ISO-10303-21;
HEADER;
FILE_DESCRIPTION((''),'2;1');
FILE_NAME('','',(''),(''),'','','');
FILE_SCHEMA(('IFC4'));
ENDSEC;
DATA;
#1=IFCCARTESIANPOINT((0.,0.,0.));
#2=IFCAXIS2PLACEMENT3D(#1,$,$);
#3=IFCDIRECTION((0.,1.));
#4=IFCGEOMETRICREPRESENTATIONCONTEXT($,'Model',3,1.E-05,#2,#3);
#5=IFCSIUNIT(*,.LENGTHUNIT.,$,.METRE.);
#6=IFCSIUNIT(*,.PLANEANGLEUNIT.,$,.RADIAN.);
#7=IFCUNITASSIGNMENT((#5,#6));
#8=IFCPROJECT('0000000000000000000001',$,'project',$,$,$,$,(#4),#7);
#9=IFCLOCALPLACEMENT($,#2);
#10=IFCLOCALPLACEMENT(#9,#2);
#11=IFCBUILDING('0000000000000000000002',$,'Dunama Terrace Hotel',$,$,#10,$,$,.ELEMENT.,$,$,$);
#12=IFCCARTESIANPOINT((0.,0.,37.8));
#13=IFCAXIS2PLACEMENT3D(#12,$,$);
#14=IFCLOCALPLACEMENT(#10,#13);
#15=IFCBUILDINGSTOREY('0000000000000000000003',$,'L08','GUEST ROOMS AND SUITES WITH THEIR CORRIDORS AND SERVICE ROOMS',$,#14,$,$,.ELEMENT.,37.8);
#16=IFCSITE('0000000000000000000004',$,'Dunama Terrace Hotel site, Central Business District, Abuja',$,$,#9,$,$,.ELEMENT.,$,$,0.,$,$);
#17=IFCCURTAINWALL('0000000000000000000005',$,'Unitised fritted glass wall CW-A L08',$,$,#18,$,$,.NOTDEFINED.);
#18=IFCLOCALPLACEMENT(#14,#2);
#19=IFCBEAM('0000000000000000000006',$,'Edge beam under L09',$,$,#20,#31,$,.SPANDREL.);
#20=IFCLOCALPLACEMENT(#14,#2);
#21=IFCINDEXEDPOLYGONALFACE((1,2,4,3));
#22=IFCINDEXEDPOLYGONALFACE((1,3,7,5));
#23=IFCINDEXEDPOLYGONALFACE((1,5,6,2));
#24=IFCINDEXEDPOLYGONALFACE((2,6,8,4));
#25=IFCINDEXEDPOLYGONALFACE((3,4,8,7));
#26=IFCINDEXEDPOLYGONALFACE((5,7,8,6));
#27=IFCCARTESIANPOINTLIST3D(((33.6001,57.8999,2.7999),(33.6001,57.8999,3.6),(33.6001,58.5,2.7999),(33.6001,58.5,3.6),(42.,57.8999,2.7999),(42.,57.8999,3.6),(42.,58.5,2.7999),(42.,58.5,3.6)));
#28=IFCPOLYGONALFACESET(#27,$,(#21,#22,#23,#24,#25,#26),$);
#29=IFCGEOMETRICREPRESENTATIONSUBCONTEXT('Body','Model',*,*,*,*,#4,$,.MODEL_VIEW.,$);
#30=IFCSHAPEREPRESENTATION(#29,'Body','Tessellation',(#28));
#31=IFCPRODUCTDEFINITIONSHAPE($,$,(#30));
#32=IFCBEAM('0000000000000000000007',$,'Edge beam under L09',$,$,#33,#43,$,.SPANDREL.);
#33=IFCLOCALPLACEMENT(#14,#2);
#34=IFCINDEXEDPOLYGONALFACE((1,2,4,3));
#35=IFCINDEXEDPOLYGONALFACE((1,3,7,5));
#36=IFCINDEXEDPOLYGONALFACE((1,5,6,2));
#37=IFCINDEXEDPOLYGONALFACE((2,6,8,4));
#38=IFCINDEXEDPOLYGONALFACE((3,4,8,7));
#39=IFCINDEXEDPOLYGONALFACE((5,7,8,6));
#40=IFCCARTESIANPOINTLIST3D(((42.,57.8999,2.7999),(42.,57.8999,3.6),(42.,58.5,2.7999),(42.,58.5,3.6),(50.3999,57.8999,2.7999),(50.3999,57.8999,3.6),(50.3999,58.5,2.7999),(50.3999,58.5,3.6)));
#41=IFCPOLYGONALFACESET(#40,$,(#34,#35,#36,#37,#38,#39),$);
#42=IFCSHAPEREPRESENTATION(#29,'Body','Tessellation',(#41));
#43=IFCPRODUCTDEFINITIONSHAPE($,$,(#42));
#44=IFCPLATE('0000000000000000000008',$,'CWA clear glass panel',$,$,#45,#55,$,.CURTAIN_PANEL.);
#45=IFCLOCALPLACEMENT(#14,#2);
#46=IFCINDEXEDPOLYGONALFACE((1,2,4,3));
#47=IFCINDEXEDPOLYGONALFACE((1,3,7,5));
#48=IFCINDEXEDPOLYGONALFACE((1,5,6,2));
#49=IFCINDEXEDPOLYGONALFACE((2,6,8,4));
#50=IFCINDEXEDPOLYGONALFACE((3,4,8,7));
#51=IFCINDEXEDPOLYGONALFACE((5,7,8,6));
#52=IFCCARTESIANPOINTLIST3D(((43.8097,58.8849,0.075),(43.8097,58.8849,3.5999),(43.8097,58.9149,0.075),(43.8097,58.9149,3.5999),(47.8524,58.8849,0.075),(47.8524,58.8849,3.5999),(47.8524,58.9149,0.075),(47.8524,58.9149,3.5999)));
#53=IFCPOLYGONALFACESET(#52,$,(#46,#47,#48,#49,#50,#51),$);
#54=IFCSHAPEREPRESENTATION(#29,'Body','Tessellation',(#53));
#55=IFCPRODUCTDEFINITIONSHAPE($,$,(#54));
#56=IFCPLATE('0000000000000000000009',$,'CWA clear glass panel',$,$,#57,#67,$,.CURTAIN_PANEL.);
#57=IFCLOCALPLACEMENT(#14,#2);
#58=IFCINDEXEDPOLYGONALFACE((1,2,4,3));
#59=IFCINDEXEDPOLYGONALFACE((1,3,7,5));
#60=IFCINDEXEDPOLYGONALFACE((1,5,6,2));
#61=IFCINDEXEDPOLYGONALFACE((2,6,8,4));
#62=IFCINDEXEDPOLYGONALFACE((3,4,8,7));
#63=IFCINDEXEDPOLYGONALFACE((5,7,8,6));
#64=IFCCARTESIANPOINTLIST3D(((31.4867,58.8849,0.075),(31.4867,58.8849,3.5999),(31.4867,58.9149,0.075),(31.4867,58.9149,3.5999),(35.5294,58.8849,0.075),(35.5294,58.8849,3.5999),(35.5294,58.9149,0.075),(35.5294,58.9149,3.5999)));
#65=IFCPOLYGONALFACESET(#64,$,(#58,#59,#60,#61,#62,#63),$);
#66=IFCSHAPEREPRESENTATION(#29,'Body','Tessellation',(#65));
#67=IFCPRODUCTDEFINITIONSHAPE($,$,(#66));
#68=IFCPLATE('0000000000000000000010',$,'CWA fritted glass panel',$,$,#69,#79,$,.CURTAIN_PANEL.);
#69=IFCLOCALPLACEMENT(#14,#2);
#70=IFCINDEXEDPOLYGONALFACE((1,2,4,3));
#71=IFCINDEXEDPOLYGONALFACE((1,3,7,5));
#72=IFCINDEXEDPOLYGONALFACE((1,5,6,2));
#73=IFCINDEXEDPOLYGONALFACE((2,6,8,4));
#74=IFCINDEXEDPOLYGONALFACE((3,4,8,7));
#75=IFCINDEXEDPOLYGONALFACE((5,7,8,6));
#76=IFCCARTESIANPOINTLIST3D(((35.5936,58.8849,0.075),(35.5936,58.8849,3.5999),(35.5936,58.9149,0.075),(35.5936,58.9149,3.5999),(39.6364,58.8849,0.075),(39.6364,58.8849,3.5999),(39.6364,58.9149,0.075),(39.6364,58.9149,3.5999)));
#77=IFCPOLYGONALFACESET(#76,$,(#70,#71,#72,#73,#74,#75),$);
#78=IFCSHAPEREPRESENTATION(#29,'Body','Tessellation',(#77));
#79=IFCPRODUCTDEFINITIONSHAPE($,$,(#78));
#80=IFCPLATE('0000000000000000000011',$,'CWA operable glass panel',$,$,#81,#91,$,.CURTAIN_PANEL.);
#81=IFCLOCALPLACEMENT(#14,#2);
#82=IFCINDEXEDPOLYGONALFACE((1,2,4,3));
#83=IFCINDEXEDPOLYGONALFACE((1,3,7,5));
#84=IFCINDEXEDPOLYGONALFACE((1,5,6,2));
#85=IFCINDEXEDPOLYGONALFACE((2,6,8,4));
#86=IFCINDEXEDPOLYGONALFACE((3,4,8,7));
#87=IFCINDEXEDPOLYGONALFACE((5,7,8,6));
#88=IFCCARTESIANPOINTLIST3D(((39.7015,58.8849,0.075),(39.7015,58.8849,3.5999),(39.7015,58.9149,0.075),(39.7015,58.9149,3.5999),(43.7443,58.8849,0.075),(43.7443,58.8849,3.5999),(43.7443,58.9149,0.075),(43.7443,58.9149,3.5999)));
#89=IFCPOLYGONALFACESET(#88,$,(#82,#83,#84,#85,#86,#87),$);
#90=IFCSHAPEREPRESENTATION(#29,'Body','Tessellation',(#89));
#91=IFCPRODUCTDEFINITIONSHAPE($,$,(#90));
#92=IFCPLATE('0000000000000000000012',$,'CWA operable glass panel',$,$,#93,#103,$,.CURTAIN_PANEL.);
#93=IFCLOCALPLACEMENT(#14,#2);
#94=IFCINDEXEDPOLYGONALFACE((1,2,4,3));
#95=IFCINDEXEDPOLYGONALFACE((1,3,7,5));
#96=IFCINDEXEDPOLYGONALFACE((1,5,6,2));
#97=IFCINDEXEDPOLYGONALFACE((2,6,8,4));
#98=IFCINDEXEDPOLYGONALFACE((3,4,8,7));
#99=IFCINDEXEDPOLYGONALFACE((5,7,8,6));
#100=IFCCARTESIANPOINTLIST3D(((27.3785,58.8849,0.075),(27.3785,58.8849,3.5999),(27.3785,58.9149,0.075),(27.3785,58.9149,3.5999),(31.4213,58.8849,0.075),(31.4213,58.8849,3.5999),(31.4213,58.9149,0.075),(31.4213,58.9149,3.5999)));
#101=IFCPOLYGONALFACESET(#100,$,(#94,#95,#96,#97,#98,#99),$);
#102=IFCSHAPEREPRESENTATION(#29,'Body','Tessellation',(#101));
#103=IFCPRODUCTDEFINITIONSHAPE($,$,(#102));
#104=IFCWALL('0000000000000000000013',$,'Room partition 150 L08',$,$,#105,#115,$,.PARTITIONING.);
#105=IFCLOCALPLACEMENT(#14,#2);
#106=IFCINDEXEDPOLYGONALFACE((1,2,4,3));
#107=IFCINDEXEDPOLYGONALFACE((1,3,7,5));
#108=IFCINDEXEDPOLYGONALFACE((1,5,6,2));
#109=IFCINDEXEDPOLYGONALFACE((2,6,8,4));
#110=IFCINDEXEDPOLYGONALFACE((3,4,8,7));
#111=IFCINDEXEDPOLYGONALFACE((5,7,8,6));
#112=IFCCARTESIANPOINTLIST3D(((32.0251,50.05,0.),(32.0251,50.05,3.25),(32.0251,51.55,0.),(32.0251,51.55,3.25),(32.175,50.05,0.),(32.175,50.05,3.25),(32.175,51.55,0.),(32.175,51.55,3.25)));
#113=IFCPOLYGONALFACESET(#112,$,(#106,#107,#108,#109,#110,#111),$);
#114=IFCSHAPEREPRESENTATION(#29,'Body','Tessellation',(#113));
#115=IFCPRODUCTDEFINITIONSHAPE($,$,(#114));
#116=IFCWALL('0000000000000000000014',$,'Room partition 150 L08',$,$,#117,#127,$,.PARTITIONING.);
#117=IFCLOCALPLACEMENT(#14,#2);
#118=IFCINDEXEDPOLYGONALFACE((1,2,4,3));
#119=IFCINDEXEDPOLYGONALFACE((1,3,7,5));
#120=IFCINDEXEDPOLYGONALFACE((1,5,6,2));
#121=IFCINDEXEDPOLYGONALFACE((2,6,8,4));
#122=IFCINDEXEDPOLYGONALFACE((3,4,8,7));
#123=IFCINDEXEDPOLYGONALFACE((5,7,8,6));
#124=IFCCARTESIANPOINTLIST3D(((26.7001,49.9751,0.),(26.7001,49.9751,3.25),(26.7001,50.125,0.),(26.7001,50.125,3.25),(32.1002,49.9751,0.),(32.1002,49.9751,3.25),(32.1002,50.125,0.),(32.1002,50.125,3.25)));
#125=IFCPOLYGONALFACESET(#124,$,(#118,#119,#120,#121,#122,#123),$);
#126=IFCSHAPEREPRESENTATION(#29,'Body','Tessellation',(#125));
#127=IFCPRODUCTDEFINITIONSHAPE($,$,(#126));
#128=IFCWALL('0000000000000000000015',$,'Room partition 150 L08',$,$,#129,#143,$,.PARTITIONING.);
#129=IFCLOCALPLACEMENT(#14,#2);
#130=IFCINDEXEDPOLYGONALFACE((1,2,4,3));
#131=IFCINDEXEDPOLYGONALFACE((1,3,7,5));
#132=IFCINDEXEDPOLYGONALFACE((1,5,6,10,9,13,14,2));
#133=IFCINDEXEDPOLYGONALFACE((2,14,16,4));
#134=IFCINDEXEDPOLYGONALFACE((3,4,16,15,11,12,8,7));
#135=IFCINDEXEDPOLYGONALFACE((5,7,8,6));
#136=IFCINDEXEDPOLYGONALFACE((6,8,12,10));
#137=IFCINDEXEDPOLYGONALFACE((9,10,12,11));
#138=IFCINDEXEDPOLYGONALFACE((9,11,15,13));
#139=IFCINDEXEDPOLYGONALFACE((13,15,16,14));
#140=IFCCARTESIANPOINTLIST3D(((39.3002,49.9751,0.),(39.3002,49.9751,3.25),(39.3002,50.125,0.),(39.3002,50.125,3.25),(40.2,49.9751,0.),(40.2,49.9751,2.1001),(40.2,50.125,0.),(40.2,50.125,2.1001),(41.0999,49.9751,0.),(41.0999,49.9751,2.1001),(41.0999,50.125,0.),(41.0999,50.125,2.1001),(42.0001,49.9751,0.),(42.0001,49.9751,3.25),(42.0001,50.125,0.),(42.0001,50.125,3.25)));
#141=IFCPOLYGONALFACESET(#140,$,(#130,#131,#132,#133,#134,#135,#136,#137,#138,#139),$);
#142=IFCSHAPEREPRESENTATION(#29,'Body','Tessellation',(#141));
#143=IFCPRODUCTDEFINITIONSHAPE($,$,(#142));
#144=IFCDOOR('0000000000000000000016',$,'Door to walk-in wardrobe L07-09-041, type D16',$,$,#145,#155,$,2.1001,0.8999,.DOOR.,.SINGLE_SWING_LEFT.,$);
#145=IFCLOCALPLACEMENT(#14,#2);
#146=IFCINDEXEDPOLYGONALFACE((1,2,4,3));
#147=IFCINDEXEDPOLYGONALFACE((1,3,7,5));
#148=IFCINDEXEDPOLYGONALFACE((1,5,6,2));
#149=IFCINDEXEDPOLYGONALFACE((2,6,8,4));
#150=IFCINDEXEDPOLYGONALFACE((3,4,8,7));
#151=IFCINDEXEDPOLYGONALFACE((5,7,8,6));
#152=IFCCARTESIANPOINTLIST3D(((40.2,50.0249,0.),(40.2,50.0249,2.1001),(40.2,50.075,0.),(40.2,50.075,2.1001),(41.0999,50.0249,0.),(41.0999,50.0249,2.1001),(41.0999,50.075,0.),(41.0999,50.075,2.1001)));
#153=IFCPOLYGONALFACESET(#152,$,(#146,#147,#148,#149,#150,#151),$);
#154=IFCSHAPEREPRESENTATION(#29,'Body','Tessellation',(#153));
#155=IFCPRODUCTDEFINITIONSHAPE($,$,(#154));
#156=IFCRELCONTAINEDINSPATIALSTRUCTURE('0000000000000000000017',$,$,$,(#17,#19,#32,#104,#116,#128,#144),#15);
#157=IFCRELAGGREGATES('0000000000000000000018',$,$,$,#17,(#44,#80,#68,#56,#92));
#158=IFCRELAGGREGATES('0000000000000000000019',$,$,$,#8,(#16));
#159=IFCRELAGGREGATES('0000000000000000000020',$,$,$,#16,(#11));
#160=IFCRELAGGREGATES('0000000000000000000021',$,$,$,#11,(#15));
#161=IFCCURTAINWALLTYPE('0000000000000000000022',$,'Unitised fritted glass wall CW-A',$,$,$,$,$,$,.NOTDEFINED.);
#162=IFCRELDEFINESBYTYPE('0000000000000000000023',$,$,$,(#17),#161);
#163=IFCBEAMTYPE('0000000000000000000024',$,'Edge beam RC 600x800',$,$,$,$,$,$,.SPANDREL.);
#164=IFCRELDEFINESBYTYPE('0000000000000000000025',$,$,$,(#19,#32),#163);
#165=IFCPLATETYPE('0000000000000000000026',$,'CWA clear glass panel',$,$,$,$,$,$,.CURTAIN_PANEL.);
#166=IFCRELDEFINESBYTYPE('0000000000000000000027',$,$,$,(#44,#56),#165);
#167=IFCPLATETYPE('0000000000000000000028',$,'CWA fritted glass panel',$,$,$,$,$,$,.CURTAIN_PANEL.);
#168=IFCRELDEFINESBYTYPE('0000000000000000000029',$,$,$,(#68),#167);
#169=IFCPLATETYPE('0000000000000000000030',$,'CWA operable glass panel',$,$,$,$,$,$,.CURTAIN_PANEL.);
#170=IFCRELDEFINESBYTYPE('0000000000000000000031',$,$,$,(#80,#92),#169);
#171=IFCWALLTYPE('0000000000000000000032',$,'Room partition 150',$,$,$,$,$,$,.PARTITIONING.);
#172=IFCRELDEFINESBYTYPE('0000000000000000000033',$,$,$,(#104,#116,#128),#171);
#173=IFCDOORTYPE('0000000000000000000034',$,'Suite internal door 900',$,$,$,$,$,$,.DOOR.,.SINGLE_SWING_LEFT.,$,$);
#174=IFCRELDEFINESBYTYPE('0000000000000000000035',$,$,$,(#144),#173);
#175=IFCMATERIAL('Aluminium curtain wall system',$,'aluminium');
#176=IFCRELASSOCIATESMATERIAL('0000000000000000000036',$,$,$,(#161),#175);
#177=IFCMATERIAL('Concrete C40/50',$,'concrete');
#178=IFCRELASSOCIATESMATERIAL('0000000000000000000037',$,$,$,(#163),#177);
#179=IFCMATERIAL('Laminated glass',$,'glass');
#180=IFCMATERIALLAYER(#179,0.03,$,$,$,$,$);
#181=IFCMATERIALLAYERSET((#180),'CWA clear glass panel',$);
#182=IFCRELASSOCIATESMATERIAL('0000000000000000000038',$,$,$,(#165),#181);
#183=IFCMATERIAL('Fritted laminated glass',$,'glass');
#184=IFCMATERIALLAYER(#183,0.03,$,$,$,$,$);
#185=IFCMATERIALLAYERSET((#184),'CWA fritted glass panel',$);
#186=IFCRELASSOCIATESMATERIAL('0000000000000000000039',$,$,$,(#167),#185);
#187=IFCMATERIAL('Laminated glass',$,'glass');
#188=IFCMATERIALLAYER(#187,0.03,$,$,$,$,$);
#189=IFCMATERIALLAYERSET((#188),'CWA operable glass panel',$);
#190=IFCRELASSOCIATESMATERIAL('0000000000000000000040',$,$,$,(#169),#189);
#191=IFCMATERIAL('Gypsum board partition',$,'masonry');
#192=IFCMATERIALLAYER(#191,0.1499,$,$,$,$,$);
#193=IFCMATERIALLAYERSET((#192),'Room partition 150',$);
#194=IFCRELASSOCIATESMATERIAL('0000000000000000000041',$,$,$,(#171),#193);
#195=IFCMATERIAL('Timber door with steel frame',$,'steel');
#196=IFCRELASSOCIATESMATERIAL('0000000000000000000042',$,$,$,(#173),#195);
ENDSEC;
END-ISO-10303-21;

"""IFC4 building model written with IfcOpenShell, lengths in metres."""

from ifc_helpers import new_model, si_unit, direction, frame, frame_2d, origin, origin_2d, place, context, subcontext, project, spatial, rectangle, extrude, material, layer, layer_set, material_profile, profile_set, type_object, element, fill, aggregate, save


model = new_model("IFC4")

# Units and contexts
model_context = context("Model", 3, precision=1e-05, world=origin(), true_north=direction((0.0, 1.0)))
body_context = subcontext(model_context, "Body", "Model", "MODEL_VIEW")
ifc_project = project(units=[si_unit("LENGTHUNIT", "METRE"), si_unit("PLANEANGLEUNIT", "RADIAN")], contexts=[model_context])

# Site, building, storey
site_placement = place(None, origin())
site = spatial("IfcSite", under=ifc_project, at=site_placement, Name="Dunama Terrace Hotel site, Central Business District, Abuja", CompositionType="ELEMENT", RefElevation=0.0)
building_placement = place(site_placement, origin())
building = spatial("IfcBuilding", under=site, at=building_placement, Name="Dunama Terrace Hotel", CompositionType="ELEMENT")
storey_placement = place(building_placement, frame((0.0, 0.0, 37.8)))
storey = spatial("IfcBuildingStorey", under=building, at=storey_placement, Name="L08", Description="GUEST ROOMS AND SUITES WITH THEIR CORRIDORS AND SERVICE ROOMS", CompositionType="ELEMENT", Elevation=37.8)

# Curtain wall
ifc_material_1 = material(Name="Aluminium curtain wall system", Category="aluminium")
curtain_wall_type = type_object("IfcCurtainWallType", Name="Unitised fritted glass wall CW-A", PredefinedType="NOTDEFINED", material=ifc_material_1)
curtain_wall_placement = place(storey_placement, origin())
curtain_wall = element("IfcCurtainWall", 1, at=curtain_wall_placement, inside=storey, type_object=curtain_wall_type, Name="Unitised fritted glass wall CW-A L08", PredefinedType="NOTDEFINED")

# Beams
ifc_material_2 = material(Name="Concrete C40/50", Category="concrete")
ifc_material_profile_1 = material_profile(ifc_material_2, rectangle(XDim=0.6001, YDim=0.8, at=origin_2d()), Name="RC 600x800")
ifc_profile_set_1 = profile_set([ifc_material_profile_1], Name="Concrete C40/50")
beam_type = type_object("IfcBeamType", Name="Edge beam RC 600x800", PredefinedType="SPANDREL", material=ifc_profile_set_1)
for number, where, z_axis, x_axis, name in (
    (2, (33.6001, 58.2, 3.2), (1.0, 0.0, 0.0), (0.0, 1.0, 0.0), "Edge beam under L09"),
    (3, (42.0, 58.2, 3.2), (1.0, 0.0, 0.0), (0.0, 1.0, 0.0), "Edge beam under L09"),
):
    element("IfcBeam", number, at=place(storey_placement, frame(where, z_axis=z_axis, x_axis=x_axis)), inside=storey, type_object=beam_type, Name=name, PredefinedType="SPANDREL", context=body_context, shape_type="SweptSolid", body=[
        extrude(rectangle(XDim=0.6001, YDim=0.8, at=origin_2d()), origin(), (0.0, 0.0, 1.0), 8.3999),
    ])

# Plates
ifc_material_3 = material(Name="Laminated glass", Category="glass")
ifc_layer_1 = layer(ifc_material_3, 0.03)
ifc_layer_set_1 = layer_set([ifc_layer_1], Name="CWA clear glass panel")
plate_type_1 = type_object("IfcPlateType", Name="CWA clear glass panel", PredefinedType="CURTAIN_PANEL", material=ifc_layer_set_1)
plate_1_placement = place(storey_placement, frame((45.8311, 58.8999, 0.075), z_axis=(0.0, 0.0, 1.0), x_axis=(-1.0, 0.0, 0.0)))
plate_1 = element("IfcPlate", 4, at=plate_1_placement, type_object=plate_type_1, Name="CWA clear glass panel", PredefinedType="CURTAIN_PANEL", context=body_context, shape_type="SweptSolid", body=[
    extrude(rectangle(XDim=4.0427, YDim=0.03, at=origin_2d()), origin(), (0.0, 0.0, 1.0), 3.5249),
])
plate_2_placement = place(storey_placement, frame((33.5081, 58.8999, 0.075), z_axis=(0.0, 0.0, 1.0), x_axis=(-1.0, 0.0, 0.0)))
plate_2 = element("IfcPlate", 5, at=plate_2_placement, type_object=plate_type_1, Name="CWA clear glass panel", PredefinedType="CURTAIN_PANEL", context=body_context, shape_type="SweptSolid", body=[
    extrude(rectangle(XDim=4.0427, YDim=0.03, at=origin_2d()), origin(), (0.0, 0.0, 1.0), 3.5249),
])
ifc_material_4 = material(Name="Fritted laminated glass", Category="glass")
ifc_layer_2 = layer(ifc_material_4, 0.03)
ifc_layer_set_2 = layer_set([ifc_layer_2], Name="CWA fritted glass panel")
plate_type_2 = type_object("IfcPlateType", Name="CWA fritted glass panel", PredefinedType="CURTAIN_PANEL", material=ifc_layer_set_2)
plate_3_placement = place(storey_placement, frame((37.615, 58.8999, 0.075), z_axis=(0.0, 0.0, 1.0), x_axis=(-1.0, 0.0, 0.0)))
plate_3 = element("IfcPlate", 6, at=plate_3_placement, type_object=plate_type_2, Name="CWA fritted glass panel", PredefinedType="CURTAIN_PANEL", context=body_context, shape_type="SweptSolid", body=[
    extrude(rectangle(XDim=4.0427, YDim=0.03, at=origin_2d()), origin(), (0.0, 0.0, 1.0), 3.5249),
])
ifc_material_5 = material(Name="Laminated glass", Category="glass")
ifc_layer_3 = layer(ifc_material_5, 0.03)
ifc_layer_set_3 = layer_set([ifc_layer_3], Name="CWA operable glass panel")
plate_type_3 = type_object("IfcPlateType", Name="CWA operable glass panel", PredefinedType="CURTAIN_PANEL", material=ifc_layer_set_3)
plate_4_placement = place(storey_placement, frame((41.7229, 58.8999, 0.075), z_axis=(0.0, 0.0, 1.0), x_axis=(-1.0, 0.0, 0.0)))
plate_4 = element("IfcPlate", 7, at=plate_4_placement, type_object=plate_type_3, Name="CWA operable glass panel", PredefinedType="CURTAIN_PANEL", context=body_context, shape_type="SweptSolid", body=[
    extrude(rectangle(XDim=4.0427, YDim=0.03, at=origin_2d()), origin(), (0.0, 0.0, 1.0), 3.5249),
])
plate_5_placement = place(storey_placement, frame((29.3999, 58.8999, 0.075), z_axis=(0.0, 0.0, 1.0), x_axis=(-1.0, 0.0, 0.0)))
plate_5 = element("IfcPlate", 8, at=plate_5_placement, type_object=plate_type_3, Name="CWA operable glass panel", PredefinedType="CURTAIN_PANEL", context=body_context, shape_type="SweptSolid", body=[
    extrude(rectangle(XDim=4.0427, YDim=0.03, at=origin_2d()), origin(), (0.0, 0.0, 1.0), 3.5249),
])
aggregate(curtain_wall, [plate_1, plate_4, plate_3, plate_2, plate_5])

# Walls
ifc_material_6 = material(Name="Gypsum board partition", Category="masonry")
ifc_layer_4 = layer(ifc_material_6, 0.1499)
ifc_layer_set_4 = layer_set([ifc_layer_4], Name="Room partition 150")
wall_type = type_object("IfcWallType", Name="Room partition 150", PredefinedType="PARTITIONING", material=ifc_layer_set_4)
wall_1_placement = place(storey_placement, frame((32.1001, 50.05, 0.0), z_axis=(0.0, 0.0, 1.0), x_axis=(0.0, 1.0, 0.0)))
element("IfcWall", 9, at=wall_1_placement, inside=storey, type_object=wall_type, Name="Room partition 150 L08", PredefinedType="PARTITIONING", context=body_context, shape_type="SweptSolid", body=[
    extrude(rectangle(XDim=1.5, YDim=0.1499, at=frame_2d((0.75, 0.0))), origin(), (0.0, 0.0, 1.0), 3.25),
])
wall_2_placement = place(storey_placement, frame((26.7, 50.05, 0.0), z_axis=(0.0, 0.0, 1.0), x_axis=(1.0, 0.0, 0.0)))
element("IfcWall", 10, at=wall_2_placement, inside=storey, type_object=wall_type, Name="Room partition 150 L08", PredefinedType="PARTITIONING", context=body_context, shape_type="SweptSolid", body=[
    extrude(rectangle(XDim=5.4001, YDim=0.1499, at=frame_2d((2.7002, 0.0))), origin(), (0.0, 0.0, 1.0), 3.25),
])

# Wall, opening, door
wall_3_placement = place(storey_placement, frame((39.3, 50.05, 0.0), z_axis=(0.0, 0.0, 1.0), x_axis=(1.0, 0.0, 0.0)))
wall_3 = element("IfcWall", 11, at=wall_3_placement, inside=storey, type_object=wall_type, Name="Room partition 150 L08", PredefinedType="PARTITIONING", context=body_context, shape_type="SweptSolid", body=[
    extrude(rectangle(XDim=2.7, YDim=0.1499, at=frame_2d((1.3501, 0.0))), origin(), (0.0, 0.0, 1.0), 3.25),
])
opening_1_placement = place(wall_3_placement, frame((0.8999, 0.0, 0.0)))
opening_1 = element("IfcOpeningElement", 12, at=opening_1_placement, cuts=wall_3, PredefinedType="OPENING", context=body_context, shape_type="SweptSolid", body=[
    extrude(rectangle(XDim=0.8999, YDim=2.1001, at=frame_2d((0.45, 1.05))), frame((0.0, 0.085, 0.0), z_axis=(0.0, -1.0, 0.0), x_axis=(1.0, 0.0, 0.0)), (0.0, 0.0, 1.0), 0.1699),
])
ifc_material_7 = material(Name="Timber door with steel frame", Category="steel")
door_type = type_object("IfcDoorType", Name="Suite internal door 900", OperationType="SINGLE_SWING_LEFT", PredefinedType="DOOR", material=ifc_material_7)
door_1_placement = place(opening_1_placement, frame((0.8999, 0.0, 0.0), z_axis=(0.0, 0.0, 1.0), x_axis=(-1.0, 0.0, 0.0)))
door_1 = element("IfcDoor", 13, at=door_1_placement, inside=storey, type_object=door_type, Name="Door to walk-in wardrobe L07-09-041, type D16", OperationType="SINGLE_SWING_LEFT", OverallHeight=2.1001, OverallWidth=0.8999, PredefinedType="DOOR", context=body_context, shape_type="SweptSolid", body=[
    extrude(rectangle(XDim=0.8999, YDim=2.1001, at=frame_2d((0.45, 1.05))), frame((0.0, 0.0251, 0.0), z_axis=(0.0, -1.0, 0.0), x_axis=(1.0, 0.0, 0.0)), (0.0, 0.0, 1.0), 0.05),
])
fill(opening_1, door_1)

save(model, "model.ifc")
